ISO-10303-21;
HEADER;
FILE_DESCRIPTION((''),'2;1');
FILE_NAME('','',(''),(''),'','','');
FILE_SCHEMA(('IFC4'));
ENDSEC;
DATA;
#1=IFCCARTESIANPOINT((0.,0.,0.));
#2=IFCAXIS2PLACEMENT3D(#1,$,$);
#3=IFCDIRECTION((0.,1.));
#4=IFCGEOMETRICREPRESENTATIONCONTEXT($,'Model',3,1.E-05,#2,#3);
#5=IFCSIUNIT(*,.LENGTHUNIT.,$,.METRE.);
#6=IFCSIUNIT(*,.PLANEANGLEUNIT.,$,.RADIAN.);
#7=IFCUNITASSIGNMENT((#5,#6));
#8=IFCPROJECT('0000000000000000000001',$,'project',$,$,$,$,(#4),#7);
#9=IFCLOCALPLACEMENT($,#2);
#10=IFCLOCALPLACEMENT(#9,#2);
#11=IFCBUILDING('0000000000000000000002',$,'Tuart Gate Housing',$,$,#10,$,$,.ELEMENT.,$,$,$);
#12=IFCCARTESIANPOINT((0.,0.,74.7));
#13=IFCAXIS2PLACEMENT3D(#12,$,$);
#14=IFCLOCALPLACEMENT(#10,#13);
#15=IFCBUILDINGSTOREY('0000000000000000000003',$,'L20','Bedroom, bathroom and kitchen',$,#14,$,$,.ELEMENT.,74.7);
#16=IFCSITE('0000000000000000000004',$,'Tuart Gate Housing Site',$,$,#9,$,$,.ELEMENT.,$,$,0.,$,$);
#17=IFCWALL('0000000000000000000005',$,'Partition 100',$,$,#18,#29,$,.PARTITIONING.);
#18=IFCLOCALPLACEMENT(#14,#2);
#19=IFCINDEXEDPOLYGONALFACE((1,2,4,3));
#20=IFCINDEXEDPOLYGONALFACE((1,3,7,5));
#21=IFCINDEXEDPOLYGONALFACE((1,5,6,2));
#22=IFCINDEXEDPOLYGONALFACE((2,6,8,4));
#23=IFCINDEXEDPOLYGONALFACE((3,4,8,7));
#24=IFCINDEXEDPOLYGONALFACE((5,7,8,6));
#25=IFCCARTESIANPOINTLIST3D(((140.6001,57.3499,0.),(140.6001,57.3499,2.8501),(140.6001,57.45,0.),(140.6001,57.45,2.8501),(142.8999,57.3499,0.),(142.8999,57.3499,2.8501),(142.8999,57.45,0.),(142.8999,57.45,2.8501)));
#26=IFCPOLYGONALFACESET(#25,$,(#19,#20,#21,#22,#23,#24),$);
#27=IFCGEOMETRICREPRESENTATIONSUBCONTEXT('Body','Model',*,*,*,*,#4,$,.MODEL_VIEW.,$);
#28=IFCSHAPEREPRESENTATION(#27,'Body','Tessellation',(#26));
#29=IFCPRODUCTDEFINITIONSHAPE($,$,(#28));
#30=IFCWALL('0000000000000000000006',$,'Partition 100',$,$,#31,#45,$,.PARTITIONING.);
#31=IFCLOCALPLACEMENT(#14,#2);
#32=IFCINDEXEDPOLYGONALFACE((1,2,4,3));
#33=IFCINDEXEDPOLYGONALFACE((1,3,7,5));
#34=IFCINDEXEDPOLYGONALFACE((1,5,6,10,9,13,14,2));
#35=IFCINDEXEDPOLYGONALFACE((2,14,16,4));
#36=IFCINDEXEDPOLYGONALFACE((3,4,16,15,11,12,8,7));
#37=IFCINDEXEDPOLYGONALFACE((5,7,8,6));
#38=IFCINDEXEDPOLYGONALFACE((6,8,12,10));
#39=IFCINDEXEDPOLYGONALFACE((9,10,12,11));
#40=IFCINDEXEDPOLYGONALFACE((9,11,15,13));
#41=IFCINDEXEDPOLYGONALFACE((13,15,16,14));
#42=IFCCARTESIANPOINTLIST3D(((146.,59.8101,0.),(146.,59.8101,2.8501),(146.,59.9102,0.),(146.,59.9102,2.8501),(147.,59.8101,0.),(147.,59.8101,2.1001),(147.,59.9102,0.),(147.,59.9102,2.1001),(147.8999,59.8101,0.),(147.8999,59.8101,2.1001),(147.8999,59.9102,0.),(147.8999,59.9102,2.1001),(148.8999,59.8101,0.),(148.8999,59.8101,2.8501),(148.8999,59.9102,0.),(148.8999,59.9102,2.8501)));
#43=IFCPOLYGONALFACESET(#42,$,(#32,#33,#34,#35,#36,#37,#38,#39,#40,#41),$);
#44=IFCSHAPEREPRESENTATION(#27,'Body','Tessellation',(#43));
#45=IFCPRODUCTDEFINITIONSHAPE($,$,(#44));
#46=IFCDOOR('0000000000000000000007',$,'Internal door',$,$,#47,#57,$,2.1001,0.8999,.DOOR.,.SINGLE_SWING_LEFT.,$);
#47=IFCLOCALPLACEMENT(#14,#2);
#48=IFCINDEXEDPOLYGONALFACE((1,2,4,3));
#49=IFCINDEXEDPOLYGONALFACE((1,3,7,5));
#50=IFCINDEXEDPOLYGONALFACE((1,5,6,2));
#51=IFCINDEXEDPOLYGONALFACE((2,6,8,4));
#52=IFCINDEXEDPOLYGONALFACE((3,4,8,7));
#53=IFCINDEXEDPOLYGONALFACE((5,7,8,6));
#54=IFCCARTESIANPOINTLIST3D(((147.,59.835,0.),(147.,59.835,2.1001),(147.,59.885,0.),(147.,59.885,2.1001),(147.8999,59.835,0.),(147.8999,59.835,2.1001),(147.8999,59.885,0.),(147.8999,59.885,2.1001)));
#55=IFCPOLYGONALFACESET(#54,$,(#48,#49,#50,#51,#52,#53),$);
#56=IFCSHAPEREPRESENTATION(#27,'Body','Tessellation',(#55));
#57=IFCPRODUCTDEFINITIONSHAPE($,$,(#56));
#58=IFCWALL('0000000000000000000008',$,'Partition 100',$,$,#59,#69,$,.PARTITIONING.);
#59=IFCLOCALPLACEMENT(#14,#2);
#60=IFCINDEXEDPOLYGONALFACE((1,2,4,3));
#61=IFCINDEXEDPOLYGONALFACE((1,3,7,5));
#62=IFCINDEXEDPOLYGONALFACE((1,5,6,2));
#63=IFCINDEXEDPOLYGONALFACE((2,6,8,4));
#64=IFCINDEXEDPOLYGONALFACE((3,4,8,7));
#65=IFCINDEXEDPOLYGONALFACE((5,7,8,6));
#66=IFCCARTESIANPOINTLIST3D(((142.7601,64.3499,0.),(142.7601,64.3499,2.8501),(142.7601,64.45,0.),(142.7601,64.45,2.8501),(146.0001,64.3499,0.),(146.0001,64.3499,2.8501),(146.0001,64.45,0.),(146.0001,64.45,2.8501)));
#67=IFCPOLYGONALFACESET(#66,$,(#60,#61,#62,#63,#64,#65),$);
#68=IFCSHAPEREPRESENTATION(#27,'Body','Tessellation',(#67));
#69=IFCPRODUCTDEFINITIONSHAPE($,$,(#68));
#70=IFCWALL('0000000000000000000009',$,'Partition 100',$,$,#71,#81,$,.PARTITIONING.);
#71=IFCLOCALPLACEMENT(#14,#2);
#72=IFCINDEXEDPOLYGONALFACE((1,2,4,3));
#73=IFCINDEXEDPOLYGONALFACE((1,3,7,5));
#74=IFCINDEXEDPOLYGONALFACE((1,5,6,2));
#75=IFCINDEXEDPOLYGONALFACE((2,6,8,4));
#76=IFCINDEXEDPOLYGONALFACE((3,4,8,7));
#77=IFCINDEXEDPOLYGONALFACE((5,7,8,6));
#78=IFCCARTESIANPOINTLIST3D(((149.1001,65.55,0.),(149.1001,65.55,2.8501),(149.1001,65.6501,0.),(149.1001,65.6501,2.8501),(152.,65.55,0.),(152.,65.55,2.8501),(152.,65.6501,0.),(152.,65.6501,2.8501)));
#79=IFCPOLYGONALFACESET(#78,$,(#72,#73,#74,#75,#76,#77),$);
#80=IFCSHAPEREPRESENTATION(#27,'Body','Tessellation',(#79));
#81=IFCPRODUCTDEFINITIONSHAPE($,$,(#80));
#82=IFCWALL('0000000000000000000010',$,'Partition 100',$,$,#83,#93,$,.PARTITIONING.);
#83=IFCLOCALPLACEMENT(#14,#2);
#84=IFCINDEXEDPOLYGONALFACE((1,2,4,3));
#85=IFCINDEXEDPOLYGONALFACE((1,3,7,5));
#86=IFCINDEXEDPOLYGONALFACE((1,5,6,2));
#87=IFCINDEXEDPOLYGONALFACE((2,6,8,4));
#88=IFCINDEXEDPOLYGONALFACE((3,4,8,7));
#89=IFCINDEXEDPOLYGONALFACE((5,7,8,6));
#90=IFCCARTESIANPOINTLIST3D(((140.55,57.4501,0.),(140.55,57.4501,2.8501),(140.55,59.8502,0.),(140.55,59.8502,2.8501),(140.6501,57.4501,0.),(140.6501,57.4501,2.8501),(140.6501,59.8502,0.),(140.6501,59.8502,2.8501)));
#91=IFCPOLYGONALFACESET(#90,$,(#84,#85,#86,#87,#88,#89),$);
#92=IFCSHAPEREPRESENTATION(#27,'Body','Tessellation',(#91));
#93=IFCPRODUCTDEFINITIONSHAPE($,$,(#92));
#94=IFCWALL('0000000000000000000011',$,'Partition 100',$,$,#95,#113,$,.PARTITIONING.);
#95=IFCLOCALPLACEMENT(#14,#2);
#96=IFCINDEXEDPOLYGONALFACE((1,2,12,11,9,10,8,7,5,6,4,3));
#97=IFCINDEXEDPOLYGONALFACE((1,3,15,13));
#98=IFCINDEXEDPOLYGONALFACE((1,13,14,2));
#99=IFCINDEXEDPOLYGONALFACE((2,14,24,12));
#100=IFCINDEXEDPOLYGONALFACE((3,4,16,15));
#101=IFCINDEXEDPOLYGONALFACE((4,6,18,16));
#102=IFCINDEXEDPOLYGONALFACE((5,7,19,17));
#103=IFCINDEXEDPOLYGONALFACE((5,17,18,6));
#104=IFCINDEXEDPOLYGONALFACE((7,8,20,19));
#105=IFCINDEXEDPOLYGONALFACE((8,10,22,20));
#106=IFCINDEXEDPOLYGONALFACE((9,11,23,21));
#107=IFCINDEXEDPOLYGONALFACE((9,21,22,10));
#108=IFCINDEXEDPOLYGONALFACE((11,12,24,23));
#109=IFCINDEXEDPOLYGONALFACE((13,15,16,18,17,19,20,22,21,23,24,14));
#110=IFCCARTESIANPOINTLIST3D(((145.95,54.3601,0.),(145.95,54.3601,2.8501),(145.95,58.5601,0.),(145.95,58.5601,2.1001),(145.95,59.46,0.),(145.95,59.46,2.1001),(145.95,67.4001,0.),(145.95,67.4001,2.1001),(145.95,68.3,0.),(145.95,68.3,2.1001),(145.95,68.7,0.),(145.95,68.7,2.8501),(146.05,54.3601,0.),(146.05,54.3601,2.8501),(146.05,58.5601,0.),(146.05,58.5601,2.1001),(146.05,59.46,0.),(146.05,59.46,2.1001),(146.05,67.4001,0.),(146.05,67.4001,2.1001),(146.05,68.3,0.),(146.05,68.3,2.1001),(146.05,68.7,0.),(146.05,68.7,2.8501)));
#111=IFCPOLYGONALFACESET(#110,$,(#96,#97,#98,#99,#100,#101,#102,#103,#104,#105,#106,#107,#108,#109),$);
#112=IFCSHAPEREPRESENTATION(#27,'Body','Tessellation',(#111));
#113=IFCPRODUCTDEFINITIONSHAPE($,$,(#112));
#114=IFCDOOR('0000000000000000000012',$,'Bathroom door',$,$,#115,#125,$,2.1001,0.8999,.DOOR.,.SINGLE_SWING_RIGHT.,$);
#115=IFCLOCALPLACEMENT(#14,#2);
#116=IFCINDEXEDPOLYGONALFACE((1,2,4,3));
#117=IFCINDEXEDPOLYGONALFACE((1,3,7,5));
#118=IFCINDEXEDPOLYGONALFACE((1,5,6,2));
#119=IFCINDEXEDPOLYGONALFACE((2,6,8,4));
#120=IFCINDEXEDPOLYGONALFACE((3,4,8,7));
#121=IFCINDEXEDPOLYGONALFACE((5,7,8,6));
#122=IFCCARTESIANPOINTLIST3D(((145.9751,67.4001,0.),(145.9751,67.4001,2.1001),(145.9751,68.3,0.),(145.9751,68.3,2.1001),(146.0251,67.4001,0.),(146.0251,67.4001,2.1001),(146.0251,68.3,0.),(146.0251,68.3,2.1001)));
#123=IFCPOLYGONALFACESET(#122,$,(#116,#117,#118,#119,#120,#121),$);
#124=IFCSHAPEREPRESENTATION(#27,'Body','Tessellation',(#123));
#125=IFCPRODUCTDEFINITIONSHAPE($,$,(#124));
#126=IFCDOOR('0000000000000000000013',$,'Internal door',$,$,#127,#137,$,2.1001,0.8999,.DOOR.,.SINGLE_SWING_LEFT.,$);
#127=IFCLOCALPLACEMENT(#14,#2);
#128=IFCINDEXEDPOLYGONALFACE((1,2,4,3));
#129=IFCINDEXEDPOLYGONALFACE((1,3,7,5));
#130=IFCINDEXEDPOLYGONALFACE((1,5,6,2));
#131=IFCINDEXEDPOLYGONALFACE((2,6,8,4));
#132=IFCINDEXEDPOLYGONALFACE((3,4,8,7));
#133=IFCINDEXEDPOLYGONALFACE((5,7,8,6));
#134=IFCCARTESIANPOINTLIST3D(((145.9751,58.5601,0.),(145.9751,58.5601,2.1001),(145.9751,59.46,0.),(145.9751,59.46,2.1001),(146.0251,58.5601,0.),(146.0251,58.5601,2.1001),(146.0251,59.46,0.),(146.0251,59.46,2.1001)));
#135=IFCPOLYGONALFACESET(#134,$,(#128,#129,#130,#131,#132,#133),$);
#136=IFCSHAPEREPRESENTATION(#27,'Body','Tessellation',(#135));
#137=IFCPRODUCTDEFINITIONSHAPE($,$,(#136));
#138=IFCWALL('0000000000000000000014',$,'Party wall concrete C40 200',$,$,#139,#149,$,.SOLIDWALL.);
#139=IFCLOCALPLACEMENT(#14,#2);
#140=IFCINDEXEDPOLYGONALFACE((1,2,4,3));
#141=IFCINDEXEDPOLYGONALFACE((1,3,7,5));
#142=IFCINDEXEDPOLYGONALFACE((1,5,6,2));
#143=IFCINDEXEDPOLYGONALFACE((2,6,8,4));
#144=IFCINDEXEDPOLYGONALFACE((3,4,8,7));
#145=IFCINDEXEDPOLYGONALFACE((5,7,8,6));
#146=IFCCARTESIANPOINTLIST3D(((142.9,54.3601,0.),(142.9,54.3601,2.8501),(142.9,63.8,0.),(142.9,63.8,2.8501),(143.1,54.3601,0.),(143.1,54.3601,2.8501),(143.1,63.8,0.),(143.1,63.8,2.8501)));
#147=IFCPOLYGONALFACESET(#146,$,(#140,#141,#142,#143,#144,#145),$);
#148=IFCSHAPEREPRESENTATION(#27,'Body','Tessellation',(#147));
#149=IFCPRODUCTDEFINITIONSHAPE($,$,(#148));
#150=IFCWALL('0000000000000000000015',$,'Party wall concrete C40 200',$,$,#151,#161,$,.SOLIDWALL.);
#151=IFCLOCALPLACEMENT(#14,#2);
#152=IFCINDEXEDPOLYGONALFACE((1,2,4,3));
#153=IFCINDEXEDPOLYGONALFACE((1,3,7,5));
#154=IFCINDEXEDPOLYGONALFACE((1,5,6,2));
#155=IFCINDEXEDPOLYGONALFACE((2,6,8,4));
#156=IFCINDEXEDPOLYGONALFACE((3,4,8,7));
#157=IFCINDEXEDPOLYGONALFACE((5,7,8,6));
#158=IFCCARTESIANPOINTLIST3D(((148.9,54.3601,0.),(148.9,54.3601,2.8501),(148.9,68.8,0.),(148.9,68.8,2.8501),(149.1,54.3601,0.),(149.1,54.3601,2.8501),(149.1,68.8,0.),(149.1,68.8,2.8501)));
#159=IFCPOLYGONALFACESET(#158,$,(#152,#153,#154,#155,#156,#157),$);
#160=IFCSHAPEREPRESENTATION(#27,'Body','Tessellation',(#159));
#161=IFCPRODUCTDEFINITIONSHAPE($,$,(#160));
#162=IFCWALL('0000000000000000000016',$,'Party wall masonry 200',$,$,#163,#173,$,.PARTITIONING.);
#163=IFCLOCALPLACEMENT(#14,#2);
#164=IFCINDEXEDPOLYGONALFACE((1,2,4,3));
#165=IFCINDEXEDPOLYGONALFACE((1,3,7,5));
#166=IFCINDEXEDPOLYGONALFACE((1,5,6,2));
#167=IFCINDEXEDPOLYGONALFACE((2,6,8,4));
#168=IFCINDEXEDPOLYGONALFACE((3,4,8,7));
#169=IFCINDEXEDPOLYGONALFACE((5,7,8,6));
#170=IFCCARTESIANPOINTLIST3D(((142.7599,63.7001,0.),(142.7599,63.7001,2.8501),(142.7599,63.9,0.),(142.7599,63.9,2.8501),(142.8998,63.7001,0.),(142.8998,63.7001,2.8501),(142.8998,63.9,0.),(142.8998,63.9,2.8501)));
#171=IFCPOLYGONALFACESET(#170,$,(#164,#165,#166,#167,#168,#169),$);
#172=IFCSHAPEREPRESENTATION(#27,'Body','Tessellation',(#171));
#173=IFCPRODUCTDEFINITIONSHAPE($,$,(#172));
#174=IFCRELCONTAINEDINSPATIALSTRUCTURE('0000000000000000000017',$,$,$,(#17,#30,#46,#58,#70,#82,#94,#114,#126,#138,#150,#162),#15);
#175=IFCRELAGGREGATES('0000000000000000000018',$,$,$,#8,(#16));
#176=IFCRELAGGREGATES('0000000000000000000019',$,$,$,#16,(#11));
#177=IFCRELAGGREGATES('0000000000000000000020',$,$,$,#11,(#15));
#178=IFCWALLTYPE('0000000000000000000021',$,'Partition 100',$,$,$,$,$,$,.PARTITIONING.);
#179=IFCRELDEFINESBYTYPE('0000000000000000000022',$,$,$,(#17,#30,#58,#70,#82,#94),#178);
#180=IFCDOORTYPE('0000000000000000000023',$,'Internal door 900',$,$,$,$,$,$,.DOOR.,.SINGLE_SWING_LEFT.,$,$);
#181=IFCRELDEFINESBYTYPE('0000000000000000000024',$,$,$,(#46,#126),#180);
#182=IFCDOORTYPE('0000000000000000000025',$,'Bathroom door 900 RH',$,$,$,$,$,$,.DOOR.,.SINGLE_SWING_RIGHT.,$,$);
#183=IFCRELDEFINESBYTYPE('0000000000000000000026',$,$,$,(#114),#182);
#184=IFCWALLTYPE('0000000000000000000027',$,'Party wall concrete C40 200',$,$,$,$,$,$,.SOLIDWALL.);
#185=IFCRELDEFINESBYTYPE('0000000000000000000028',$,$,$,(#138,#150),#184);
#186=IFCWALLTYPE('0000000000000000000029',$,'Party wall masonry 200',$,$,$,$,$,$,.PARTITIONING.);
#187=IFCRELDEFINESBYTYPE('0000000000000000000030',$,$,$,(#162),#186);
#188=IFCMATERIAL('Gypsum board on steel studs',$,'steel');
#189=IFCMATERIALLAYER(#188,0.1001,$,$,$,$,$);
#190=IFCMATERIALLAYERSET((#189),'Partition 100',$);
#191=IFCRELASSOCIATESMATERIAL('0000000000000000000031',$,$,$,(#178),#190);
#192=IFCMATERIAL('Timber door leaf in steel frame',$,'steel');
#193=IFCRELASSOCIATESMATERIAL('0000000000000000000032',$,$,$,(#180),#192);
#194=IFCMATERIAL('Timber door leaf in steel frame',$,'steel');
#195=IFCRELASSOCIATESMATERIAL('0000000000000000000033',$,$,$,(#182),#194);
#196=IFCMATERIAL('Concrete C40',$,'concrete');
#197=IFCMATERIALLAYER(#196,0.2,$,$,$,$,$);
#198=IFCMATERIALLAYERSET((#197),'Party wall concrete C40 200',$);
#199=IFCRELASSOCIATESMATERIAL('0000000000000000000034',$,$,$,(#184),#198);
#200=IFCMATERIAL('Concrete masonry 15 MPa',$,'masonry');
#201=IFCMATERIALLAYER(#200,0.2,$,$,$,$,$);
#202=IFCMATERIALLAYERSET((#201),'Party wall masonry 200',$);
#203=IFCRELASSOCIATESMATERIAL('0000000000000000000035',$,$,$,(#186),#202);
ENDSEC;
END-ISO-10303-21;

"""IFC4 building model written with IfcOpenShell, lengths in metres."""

from ifc_helpers import new_model, si_unit, direction, frame, frame_2d, origin, place, context, subcontext, project, spatial, rectangle, extrude, material, layer, layer_set, type_object, element, fill, save


model = new_model("IFC4")

# Units and contexts
model_context = context("Model", 3, precision=1e-05, world=origin(), true_north=direction((0.0, 1.0)))
body_context = subcontext(model_context, "Body", "Model", "MODEL_VIEW")
ifc_project = project(units=[si_unit("LENGTHUNIT", "METRE"), si_unit("PLANEANGLEUNIT", "RADIAN")], contexts=[model_context])

# Site, building, storey
site_placement = place(None, origin())
site = spatial("IfcSite", under=ifc_project, at=site_placement, Name="Tuart Gate Housing Site", CompositionType="ELEMENT", RefElevation=0.0)
building_placement = place(site_placement, origin())
building = spatial("IfcBuilding", under=site, at=building_placement, Name="Tuart Gate Housing", CompositionType="ELEMENT")
storey_placement = place(building_placement, frame((0.0, 0.0, 74.7)))
storey = spatial("IfcBuildingStorey", under=building, at=storey_placement, Name="L20", Description="Bedroom, bathroom and kitchen", CompositionType="ELEMENT", Elevation=74.7)

# Wall
ifc_material_1 = material(Name="Gypsum board on steel studs", Category="steel")
ifc_layer_1 = layer(ifc_material_1, 0.1001)
ifc_layer_set_1 = layer_set([ifc_layer_1], Name="Partition 100")
wall_type_1 = type_object("IfcWallType", Name="Partition 100", PredefinedType="PARTITIONING", material=ifc_layer_set_1)
wall_1_placement = place(storey_placement, frame((140.6001, 57.3999, 0.0), z_axis=(0.0, 0.0, 1.0), x_axis=(1.0, 0.0, 0.0)))
element("IfcWall", 1, at=wall_1_placement, inside=storey, type_object=wall_type_1, Name="Partition 100", PredefinedType="PARTITIONING", context=body_context, shape_type="SweptSolid", body=[
    extrude(rectangle(XDim=2.2998, YDim=0.1001, at=frame_2d((1.1499, 0.0))), origin(), (0.0, 0.0, 1.0), 2.8501),
])

# Wall, opening, door
wall_2_placement = place(storey_placement, frame((146.0, 59.8601, 0.0), z_axis=(0.0, 0.0, 1.0), x_axis=(1.0, 0.0, 0.0)))
wall_2 = element("IfcWall", 2, at=wall_2_placement, inside=storey, type_object=wall_type_1, Name="Partition 100", PredefinedType="PARTITIONING", context=body_context, shape_type="SweptSolid", body=[
    extrude(rectangle(XDim=2.8999, YDim=0.1001, at=frame_2d((1.45, 0.0))), origin(), (0.0, 0.0, 1.0), 2.8501),
])
opening_1_placement = place(wall_2_placement, frame((1.0, 0.0, 0.0)))
opening_1 = element("IfcOpeningElement", 3, at=opening_1_placement, cuts=wall_2, PredefinedType="OPENING", context=body_context, shape_type="SweptSolid", body=[
    extrude(rectangle(XDim=0.8999, YDim=2.1001, at=frame_2d((0.45, 1.05))), frame((0.0, 0.0601, 0.0), z_axis=(0.0, -1.0, 0.0), x_axis=(1.0, 0.0, 0.0)), (0.0, 0.0, 1.0), 0.1201),
])
ifc_material_2 = material(Name="Timber door leaf in steel frame", Category="steel")
door_type_1 = type_object("IfcDoorType", Name="Internal door 900", OperationType="SINGLE_SWING_LEFT", PredefinedType="DOOR", material=ifc_material_2)
door_1_placement = place(opening_1_placement, origin())
door_1 = element("IfcDoor", 4, at=door_1_placement, inside=storey, type_object=door_type_1, Name="Internal door", OperationType="SINGLE_SWING_LEFT", OverallHeight=2.1001, OverallWidth=0.8999, PredefinedType="DOOR", context=body_context, shape_type="SweptSolid", body=[
    extrude(rectangle(XDim=0.8999, YDim=2.1001, at=frame_2d((0.45, 1.05))), frame((0.0, 0.0249, 0.0), z_axis=(0.0, -1.0, 0.0), x_axis=(1.0, 0.0, 0.0)), (0.0, 0.0, 1.0), 0.05),
])
fill(opening_1, door_1)

# Walls
wall_3_placement = place(storey_placement, frame((142.76, 64.3999, 0.0), z_axis=(0.0, 0.0, 1.0), x_axis=(1.0, 0.0, 0.0)))
element("IfcWall", 5, at=wall_3_placement, inside=storey, type_object=wall_type_1, Name="Partition 100", PredefinedType="PARTITIONING", context=body_context, shape_type="SweptSolid", body=[
    extrude(rectangle(XDim=3.24, YDim=0.1001, at=frame_2d((1.6201, 0.0))), origin(), (0.0, 0.0, 1.0), 2.8501),
])
wall_4_placement = place(storey_placement, frame((149.1001, 65.6001, 0.0), z_axis=(0.0, 0.0, 1.0), x_axis=(1.0, 0.0, 0.0)))
element("IfcWall", 6, at=wall_4_placement, inside=storey, type_object=wall_type_1, Name="Partition 100", PredefinedType="PARTITIONING", context=body_context, shape_type="SweptSolid", body=[
    extrude(rectangle(XDim=2.8999, YDim=0.1001, at=frame_2d((1.45, 0.0))), origin(), (0.0, 0.0, 1.0), 2.8501),
])
wall_5_placement = place(storey_placement, frame((140.6001, 57.45, 0.0), z_axis=(0.0, 0.0, 1.0), x_axis=(0.0, 1.0, 0.0)))
element("IfcWall", 7, at=wall_5_placement, inside=storey, type_object=wall_type_1, Name="Partition 100", PredefinedType="PARTITIONING", context=body_context, shape_type="SweptSolid", body=[
    extrude(rectangle(XDim=2.4001, YDim=0.1001, at=frame_2d((1.2002, 0.0))), origin(), (0.0, 0.0, 1.0), 2.8501),
])

# Wall, openings, doors
wall_6_placement = place(storey_placement, frame((146.0, 54.3601, 0.0), z_axis=(0.0, 0.0, 1.0), x_axis=(0.0, 1.0, 0.0)))
wall_6 = element("IfcWall", 8, at=wall_6_placement, inside=storey, type_object=wall_type_1, Name="Partition 100", PredefinedType="PARTITIONING", context=body_context, shape_type="SweptSolid", body=[
    extrude(rectangle(XDim=14.3398, YDim=0.1001, at=frame_2d((7.1699, 0.0))), origin(), (0.0, 0.0, 1.0), 2.8501),
])
opening_2_placement = place(wall_6_placement, frame((4.2, 0.0, 0.0)))
opening_2 = element("IfcOpeningElement", 9, at=opening_2_placement, cuts=wall_6, PredefinedType="OPENING", context=body_context, shape_type="SweptSolid", body=[
    extrude(rectangle(XDim=0.8999, YDim=2.1001, at=frame_2d((0.45, 1.05))), frame((0.0, 0.0601, 0.0), z_axis=(0.0, -1.0, 0.0), x_axis=(1.0, 0.0, 0.0)), (0.0, 0.0, 1.0), 0.1201),
])
opening_3_placement = place(wall_6_placement, frame((13.04, 0.0, 0.0)))
opening_3 = element("IfcOpeningElement", 10, at=opening_3_placement, cuts=wall_6, PredefinedType="OPENING", context=body_context, shape_type="SweptSolid", body=[
    extrude(rectangle(XDim=0.8999, YDim=2.1001, at=frame_2d((0.45, 1.05))), frame((0.0, 0.0601, 0.0), z_axis=(0.0, -1.0, 0.0), x_axis=(1.0, 0.0, 0.0)), (0.0, 0.0, 1.0), 0.1201),
])
ifc_material_3 = material(Name="Timber door leaf in steel frame", Category="steel")
door_type_2 = type_object("IfcDoorType", Name="Bathroom door 900 RH", OperationType="SINGLE_SWING_RIGHT", PredefinedType="DOOR", material=ifc_material_3)
door_2_placement = place(opening_3_placement, origin())
door_2 = element("IfcDoor", 11, at=door_2_placement, inside=storey, type_object=door_type_2, Name="Bathroom door", OperationType="SINGLE_SWING_RIGHT", OverallHeight=2.1001, OverallWidth=0.8999, PredefinedType="DOOR", context=body_context, shape_type="SweptSolid", body=[
    extrude(rectangle(XDim=0.8999, YDim=2.1001, at=frame_2d((0.45, 1.05))), frame((0.0, 0.0249, 0.0), z_axis=(0.0, -1.0, 0.0), x_axis=(1.0, 0.0, 0.0)), (0.0, 0.0, 1.0), 0.05),
])
fill(opening_3, door_2)
door_3_placement = place(opening_2_placement, origin())
door_3 = element("IfcDoor", 12, at=door_3_placement, inside=storey, type_object=door_type_1, Name="Internal door", OperationType="SINGLE_SWING_LEFT", OverallHeight=2.1001, OverallWidth=0.8999, PredefinedType="DOOR", context=body_context, shape_type="SweptSolid", body=[
    extrude(rectangle(XDim=0.8999, YDim=2.1001, at=frame_2d((0.45, 1.05))), frame((0.0, 0.0249, 0.0), z_axis=(0.0, -1.0, 0.0), x_axis=(1.0, 0.0, 0.0)), (0.0, 0.0, 1.0), 0.05),
])
fill(opening_2, door_3)

# Walls
ifc_material_4 = material(Name="Concrete C40", Category="concrete")
ifc_layer_2 = layer(ifc_material_4, 0.2)
ifc_layer_set_2 = layer_set([ifc_layer_2], Name="Party wall concrete C40 200")
wall_type_2 = type_object("IfcWallType", Name="Party wall concrete C40 200", PredefinedType="SOLIDWALL", material=ifc_layer_set_2)
wall_7_placement = place(storey_placement, frame((143.0, 54.3601, 0.0), z_axis=(0.0, 0.0, 1.0), x_axis=(0.0, 1.0, 0.0)))
element("IfcWall", 13, at=wall_7_placement, inside=storey, type_object=wall_type_2, Name="Party wall concrete C40 200", PredefinedType="SOLIDWALL", context=body_context, shape_type="SweptSolid", body=[
    extrude(rectangle(XDim=9.4399, YDim=0.2, at=frame_2d((4.72, 0.0))), origin(), (0.0, 0.0, 1.0), 2.8501),
])
wall_8_placement = place(storey_placement, frame((149.0, 54.3601, 0.0), z_axis=(0.0, 0.0, 1.0), x_axis=(0.0, 1.0, 0.0)))
element("IfcWall", 14, at=wall_8_placement, inside=storey, type_object=wall_type_2, Name="Party wall concrete C40 200", PredefinedType="SOLIDWALL", context=body_context, shape_type="SweptSolid", body=[
    extrude(rectangle(XDim=14.4399, YDim=0.2, at=frame_2d((7.22, 0.0))), origin(), (0.0, 0.0, 1.0), 2.8501),
])
ifc_material_5 = material(Name="Concrete masonry 15 MPa", Category="masonry")
ifc_layer_3 = layer(ifc_material_5, 0.2)
ifc_layer_set_3 = layer_set([ifc_layer_3], Name="Party wall masonry 200")
wall_type_3 = type_object("IfcWallType", Name="Party wall masonry 200", PredefinedType="PARTITIONING", material=ifc_layer_set_3)
wall_9_placement = place(storey_placement, frame((142.76, 63.8, 0.0), z_axis=(0.0, 0.0, 1.0), x_axis=(1.0, 0.0, 0.0)))
element("IfcWall", 15, at=wall_9_placement, inside=storey, type_object=wall_type_3, Name="Party wall masonry 200", PredefinedType="PARTITIONING", context=body_context, shape_type="SweptSolid", body=[
    extrude(rectangle(XDim=0.1399, YDim=0.2, at=frame_2d((0.0698, 0.0))), origin(), (0.0, 0.0, 1.0), 2.8501),
])

save(model, "model.ifc")
